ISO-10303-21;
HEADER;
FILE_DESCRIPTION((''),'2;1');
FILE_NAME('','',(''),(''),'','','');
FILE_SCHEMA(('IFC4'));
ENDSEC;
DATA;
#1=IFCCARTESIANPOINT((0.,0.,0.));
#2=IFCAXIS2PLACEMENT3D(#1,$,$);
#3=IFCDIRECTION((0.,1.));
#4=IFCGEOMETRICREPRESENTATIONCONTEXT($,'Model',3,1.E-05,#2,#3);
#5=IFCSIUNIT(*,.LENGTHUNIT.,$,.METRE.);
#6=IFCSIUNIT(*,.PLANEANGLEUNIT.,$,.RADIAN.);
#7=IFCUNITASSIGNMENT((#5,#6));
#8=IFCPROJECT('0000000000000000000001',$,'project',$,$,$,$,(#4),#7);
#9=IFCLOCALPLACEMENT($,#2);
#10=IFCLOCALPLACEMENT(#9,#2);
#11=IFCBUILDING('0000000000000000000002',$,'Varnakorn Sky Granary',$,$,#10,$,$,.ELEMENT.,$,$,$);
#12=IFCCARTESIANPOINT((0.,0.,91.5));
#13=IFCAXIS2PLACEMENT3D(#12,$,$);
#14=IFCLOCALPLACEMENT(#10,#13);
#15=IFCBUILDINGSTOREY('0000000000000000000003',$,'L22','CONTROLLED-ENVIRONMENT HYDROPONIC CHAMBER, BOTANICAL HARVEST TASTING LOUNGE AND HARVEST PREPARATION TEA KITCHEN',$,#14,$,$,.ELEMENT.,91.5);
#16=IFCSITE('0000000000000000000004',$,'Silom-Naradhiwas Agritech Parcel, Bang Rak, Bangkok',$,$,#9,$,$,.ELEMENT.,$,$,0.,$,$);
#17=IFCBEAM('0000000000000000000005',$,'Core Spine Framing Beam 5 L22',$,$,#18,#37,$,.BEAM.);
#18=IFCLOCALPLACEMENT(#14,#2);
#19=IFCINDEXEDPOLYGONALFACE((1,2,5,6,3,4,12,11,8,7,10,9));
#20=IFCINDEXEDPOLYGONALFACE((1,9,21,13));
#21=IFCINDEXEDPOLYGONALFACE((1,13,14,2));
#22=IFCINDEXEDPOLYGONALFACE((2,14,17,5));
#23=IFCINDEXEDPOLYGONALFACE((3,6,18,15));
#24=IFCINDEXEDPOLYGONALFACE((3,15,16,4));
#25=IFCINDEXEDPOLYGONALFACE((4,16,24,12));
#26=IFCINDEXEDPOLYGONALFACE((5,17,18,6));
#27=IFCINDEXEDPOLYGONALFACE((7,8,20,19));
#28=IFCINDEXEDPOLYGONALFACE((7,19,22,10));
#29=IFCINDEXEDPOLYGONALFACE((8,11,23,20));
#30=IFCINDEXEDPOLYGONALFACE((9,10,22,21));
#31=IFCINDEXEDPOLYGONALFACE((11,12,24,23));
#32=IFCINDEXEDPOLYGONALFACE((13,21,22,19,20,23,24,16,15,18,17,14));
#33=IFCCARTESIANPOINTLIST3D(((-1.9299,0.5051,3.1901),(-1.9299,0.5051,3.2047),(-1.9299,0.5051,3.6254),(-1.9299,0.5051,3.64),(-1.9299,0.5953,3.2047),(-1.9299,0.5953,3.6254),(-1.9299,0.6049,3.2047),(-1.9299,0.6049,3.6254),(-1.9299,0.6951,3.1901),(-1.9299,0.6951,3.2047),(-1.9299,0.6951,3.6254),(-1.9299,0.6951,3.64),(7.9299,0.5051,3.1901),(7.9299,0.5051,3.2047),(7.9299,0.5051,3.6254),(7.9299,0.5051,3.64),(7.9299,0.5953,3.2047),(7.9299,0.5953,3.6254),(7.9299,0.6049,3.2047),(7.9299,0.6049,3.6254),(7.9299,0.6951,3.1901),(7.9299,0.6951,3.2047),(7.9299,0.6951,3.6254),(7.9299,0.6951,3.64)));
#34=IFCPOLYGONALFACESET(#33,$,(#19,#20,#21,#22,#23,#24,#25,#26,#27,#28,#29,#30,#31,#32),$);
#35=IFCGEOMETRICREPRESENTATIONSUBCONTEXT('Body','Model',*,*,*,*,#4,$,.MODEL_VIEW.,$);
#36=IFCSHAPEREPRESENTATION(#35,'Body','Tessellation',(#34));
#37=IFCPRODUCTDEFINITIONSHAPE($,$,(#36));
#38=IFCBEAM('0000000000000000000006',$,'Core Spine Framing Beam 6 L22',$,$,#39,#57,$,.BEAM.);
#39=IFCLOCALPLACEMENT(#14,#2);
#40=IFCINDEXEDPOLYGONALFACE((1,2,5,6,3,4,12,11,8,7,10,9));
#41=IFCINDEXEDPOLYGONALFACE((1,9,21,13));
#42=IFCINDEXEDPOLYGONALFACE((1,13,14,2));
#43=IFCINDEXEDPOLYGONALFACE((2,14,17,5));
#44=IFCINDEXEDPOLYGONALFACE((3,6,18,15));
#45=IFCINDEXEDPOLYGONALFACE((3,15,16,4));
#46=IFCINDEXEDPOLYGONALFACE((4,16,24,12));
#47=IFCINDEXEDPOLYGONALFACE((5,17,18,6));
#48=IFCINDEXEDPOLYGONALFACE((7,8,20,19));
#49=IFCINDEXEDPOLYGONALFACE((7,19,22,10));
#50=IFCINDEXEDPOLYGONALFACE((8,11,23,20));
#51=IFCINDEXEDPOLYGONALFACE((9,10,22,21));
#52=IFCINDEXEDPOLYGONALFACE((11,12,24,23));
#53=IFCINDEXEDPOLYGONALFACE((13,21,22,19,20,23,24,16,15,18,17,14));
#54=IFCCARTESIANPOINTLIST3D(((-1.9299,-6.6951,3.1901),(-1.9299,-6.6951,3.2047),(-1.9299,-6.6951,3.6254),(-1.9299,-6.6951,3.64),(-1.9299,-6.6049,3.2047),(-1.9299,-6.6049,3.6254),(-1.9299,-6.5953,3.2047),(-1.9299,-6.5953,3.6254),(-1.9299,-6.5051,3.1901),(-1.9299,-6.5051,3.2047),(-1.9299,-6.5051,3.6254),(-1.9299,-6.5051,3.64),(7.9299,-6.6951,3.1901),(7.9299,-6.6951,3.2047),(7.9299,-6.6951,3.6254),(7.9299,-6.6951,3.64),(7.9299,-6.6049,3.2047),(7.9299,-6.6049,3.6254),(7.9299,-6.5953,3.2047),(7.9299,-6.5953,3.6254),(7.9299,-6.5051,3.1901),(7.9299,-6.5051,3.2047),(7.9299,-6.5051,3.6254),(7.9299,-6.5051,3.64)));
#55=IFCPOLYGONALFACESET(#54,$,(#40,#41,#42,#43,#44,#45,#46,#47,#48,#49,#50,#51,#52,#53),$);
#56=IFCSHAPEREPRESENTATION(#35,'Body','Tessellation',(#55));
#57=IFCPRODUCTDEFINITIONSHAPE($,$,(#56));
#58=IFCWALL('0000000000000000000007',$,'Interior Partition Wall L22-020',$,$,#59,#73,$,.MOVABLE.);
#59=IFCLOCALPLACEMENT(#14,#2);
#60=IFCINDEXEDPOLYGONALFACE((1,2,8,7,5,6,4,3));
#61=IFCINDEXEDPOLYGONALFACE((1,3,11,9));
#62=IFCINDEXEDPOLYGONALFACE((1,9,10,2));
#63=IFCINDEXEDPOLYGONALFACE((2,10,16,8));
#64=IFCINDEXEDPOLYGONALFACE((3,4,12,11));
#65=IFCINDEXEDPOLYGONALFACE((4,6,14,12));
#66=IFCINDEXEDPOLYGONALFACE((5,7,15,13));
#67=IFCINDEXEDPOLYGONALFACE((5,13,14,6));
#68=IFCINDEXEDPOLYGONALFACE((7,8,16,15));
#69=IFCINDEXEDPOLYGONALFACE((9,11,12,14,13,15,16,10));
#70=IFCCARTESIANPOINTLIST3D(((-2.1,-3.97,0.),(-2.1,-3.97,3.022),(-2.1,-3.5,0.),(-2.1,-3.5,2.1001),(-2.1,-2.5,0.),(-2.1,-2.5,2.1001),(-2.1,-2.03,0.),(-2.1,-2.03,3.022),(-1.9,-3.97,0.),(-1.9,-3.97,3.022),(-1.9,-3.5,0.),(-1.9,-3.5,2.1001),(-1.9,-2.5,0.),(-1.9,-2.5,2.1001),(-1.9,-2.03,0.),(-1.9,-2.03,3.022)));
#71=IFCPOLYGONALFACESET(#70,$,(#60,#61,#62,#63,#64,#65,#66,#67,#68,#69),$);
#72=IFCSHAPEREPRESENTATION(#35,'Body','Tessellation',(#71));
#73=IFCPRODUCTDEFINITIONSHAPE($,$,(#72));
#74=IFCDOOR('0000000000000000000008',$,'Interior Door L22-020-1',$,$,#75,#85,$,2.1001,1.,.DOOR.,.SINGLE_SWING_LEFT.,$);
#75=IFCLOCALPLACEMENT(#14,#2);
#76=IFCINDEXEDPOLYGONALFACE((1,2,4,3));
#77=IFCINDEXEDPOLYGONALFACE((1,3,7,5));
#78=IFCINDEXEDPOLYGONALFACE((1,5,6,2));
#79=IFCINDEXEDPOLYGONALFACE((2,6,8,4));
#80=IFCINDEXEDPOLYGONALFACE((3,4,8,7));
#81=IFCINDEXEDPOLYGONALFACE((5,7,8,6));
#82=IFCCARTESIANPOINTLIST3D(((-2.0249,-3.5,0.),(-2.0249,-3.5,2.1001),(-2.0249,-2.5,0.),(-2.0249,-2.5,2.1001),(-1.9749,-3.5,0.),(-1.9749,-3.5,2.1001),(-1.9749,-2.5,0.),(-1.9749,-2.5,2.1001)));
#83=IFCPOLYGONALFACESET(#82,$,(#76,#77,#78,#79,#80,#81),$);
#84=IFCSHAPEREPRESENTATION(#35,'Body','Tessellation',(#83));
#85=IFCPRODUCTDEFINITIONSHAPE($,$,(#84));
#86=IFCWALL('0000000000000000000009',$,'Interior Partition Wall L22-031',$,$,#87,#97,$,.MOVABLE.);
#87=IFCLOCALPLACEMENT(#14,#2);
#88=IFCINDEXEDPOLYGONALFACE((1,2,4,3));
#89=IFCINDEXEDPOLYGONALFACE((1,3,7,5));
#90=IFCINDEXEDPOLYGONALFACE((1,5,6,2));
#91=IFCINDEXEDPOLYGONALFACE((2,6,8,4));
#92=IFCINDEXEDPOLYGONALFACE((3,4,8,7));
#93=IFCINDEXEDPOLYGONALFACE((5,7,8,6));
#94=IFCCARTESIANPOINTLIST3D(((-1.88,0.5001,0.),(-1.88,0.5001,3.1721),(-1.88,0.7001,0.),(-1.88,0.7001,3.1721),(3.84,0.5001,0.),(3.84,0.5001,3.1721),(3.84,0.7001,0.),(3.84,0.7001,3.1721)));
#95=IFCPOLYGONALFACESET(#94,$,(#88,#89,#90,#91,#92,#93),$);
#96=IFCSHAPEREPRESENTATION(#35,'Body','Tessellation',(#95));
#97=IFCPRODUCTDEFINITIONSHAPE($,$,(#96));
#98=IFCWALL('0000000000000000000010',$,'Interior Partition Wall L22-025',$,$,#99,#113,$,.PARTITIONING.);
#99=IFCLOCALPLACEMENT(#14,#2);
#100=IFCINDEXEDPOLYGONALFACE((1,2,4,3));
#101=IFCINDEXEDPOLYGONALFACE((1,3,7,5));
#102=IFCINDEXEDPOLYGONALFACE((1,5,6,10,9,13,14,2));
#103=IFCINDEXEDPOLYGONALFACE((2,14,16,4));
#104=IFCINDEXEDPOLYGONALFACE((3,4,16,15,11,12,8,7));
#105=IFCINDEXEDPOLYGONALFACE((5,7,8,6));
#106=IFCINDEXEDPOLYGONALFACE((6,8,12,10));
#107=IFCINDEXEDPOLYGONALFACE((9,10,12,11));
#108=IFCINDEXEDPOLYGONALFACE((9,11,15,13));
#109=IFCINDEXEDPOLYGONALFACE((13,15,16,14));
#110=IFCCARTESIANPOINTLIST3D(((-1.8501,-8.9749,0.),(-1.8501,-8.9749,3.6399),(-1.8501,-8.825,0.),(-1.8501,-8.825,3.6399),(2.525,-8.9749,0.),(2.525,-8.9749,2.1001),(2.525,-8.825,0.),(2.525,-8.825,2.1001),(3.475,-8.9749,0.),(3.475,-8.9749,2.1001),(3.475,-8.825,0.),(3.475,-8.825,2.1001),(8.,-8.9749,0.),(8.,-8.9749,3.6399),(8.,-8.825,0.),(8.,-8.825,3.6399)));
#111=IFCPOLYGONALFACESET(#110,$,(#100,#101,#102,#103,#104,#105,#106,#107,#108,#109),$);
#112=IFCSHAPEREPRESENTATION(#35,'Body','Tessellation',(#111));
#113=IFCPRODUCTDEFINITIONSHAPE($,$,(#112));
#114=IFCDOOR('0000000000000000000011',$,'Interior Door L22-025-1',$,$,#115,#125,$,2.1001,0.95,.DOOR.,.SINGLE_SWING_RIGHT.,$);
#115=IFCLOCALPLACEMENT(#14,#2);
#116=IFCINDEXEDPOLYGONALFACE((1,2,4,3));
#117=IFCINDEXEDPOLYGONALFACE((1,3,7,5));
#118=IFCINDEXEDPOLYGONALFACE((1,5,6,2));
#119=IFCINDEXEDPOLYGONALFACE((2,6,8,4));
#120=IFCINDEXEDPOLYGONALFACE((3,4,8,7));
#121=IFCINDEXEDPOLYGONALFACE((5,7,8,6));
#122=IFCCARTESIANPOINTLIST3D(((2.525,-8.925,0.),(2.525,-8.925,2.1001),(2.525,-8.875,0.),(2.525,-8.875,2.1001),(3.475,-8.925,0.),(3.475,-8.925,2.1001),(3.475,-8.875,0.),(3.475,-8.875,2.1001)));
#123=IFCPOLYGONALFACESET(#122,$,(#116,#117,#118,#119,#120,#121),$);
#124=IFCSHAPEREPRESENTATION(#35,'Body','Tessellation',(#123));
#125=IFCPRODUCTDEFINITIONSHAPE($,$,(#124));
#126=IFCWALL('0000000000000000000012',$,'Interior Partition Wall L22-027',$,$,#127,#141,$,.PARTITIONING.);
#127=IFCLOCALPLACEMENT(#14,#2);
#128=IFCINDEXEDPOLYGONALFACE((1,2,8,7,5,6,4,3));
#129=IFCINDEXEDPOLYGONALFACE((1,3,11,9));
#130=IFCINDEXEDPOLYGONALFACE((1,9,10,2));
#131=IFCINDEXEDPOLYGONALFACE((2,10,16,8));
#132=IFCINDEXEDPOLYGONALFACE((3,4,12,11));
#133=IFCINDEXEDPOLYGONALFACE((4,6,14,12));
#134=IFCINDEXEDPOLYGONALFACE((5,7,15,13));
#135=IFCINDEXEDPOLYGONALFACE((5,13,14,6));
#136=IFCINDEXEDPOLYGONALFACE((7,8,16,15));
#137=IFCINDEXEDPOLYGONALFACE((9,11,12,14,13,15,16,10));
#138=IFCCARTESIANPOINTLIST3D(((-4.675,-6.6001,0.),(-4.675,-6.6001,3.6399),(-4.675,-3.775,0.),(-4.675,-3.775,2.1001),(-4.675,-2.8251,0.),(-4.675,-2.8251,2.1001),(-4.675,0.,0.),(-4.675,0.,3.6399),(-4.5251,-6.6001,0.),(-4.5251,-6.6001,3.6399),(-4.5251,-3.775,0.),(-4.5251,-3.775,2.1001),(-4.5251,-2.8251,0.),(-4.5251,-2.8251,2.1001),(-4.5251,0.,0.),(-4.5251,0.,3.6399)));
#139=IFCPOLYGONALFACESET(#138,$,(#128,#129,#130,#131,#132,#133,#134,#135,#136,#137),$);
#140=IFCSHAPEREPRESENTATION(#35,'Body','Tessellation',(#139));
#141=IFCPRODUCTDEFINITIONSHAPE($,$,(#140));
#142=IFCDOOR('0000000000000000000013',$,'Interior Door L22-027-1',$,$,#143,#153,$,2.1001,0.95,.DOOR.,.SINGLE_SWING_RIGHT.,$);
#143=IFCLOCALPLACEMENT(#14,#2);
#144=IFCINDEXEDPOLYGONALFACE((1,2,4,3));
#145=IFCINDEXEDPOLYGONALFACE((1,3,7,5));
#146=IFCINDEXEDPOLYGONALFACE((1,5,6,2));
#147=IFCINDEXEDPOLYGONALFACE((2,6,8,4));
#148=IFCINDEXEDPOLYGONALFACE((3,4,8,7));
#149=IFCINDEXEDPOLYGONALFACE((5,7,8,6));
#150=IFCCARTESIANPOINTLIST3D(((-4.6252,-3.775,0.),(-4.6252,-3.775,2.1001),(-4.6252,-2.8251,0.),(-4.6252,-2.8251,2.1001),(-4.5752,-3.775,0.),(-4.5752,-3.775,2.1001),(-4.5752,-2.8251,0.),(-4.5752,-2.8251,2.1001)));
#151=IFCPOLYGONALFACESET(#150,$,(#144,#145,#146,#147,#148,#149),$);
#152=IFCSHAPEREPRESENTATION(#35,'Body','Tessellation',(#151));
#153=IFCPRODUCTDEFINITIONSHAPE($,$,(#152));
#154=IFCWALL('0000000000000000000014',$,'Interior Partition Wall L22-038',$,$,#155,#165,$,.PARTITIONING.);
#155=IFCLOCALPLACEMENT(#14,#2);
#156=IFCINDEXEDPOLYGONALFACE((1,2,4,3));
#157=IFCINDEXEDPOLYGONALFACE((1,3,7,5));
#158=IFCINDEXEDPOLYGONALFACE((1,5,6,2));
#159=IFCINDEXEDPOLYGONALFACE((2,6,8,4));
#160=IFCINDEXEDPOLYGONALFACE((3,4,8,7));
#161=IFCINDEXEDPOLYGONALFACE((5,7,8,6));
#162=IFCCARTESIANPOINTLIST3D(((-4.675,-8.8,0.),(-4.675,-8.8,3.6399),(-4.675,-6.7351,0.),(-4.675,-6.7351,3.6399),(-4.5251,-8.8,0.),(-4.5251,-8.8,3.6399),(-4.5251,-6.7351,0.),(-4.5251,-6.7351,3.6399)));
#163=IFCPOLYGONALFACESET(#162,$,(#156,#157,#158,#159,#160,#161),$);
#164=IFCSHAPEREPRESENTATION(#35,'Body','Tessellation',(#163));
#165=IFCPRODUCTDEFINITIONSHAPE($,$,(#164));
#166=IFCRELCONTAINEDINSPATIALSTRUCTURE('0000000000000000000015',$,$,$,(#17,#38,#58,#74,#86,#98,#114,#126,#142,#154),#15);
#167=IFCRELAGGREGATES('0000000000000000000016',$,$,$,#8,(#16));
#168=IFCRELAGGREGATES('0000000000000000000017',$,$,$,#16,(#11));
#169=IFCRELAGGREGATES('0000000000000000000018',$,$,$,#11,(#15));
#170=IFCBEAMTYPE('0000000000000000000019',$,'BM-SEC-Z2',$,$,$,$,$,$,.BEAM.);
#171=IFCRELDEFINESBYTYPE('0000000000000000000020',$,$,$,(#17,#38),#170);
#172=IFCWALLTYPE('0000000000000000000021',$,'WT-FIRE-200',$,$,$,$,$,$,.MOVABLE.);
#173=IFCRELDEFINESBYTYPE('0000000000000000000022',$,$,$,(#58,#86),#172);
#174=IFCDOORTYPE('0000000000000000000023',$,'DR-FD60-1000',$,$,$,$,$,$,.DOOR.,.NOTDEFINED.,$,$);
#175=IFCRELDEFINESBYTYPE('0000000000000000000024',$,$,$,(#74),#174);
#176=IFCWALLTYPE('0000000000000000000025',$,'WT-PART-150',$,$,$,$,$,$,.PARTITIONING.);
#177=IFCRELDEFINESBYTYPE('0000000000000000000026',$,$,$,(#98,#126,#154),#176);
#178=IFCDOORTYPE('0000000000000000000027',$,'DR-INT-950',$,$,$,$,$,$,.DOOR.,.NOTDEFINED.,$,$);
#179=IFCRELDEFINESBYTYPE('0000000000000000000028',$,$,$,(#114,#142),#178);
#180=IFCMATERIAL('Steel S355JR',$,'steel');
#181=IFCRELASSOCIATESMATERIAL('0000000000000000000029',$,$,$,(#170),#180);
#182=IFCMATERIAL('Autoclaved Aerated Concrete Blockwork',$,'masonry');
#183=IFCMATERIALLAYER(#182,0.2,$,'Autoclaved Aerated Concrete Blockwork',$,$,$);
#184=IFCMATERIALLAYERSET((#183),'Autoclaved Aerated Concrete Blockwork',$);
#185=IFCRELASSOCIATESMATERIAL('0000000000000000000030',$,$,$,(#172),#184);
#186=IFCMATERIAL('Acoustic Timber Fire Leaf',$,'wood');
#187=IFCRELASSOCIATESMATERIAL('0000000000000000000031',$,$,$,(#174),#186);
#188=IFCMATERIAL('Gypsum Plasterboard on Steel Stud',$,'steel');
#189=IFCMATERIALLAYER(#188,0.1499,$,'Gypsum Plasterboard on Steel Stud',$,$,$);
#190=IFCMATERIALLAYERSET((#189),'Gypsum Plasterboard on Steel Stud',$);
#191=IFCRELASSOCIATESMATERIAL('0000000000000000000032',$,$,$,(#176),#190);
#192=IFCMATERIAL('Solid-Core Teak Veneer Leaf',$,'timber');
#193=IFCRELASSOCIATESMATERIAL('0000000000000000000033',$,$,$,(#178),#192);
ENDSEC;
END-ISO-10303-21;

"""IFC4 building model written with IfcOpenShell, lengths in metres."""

from ifc_helpers import new_model, si_unit, direction, frame, frame_2d, origin, origin_2d, place, context, subcontext, project, spatial, rectangle, i_section, extrude, material, layer, layer_set, material_profile, profile_set, type_object, element, fill, save


model = new_model("IFC4")

# Units and contexts
model_context = context("Model", 3, precision=1e-05, world=origin(), true_north=direction((0.0, 1.0)))
body_context = subcontext(model_context, "Body", "Model", "MODEL_VIEW")
ifc_project = project(units=[si_unit("LENGTHUNIT", "METRE"), si_unit("PLANEANGLEUNIT", "RADIAN")], contexts=[model_context])

# Site, building, storey
site_placement = place(None, origin())
site = spatial("IfcSite", under=ifc_project, at=site_placement, Name="Silom-Naradhiwas Agritech Parcel, Bang Rak, Bangkok", CompositionType="ELEMENT", RefElevation=0.0)
building_placement = place(site_placement, origin())
building = spatial("IfcBuilding", under=site, at=building_placement, Name="Varnakorn Sky Granary", CompositionType="ELEMENT")
storey_placement = place(building_placement, frame((0.0, 0.0, 91.5)))
storey = spatial("IfcBuildingStorey", under=building, at=storey_placement, Name="L22", Description="CONTROLLED-ENVIRONMENT HYDROPONIC CHAMBER, BOTANICAL HARVEST TASTING LOUNGE AND HARVEST PREPARATION TEA KITCHEN", CompositionType="ELEMENT", Elevation=91.5)

# Beams
ifc_material_1 = material(Name="Steel S355JR", Category="steel")
ifc_material_profile_1 = material_profile(ifc_material_1, i_section(OverallWidth=0.1899, OverallDepth=0.45, WebThickness=0.0095, FlangeThickness=0.0146, at=origin_2d()), Name="IPE 450")
ifc_profile_set_1 = profile_set([ifc_material_profile_1], Name="Steel S355JR")
beam_type_1 = type_object("IfcBeamType", Name="BM-SEC-Z2", PredefinedType="BEAM", material=ifc_profile_set_1)
for number, where, z_axis, x_axis, name in (
    (1, (-1.9299, 0.6001, 3.415), (1.0, 0.0, 0.0), (0.0, 1.0, 0.0), "Core Spine Framing Beam 5 L22"),
    (2, (-1.9299, -6.6001, 3.415), (1.0, 0.0, 0.0), (0.0, 1.0, 0.0), "Core Spine Framing Beam 6 L22"),
):
    element("IfcBeam", number, at=place(storey_placement, frame(where, z_axis=z_axis, x_axis=x_axis)), inside=storey, type_object=beam_type_1, Name=name, PredefinedType="BEAM", context=body_context, shape_type="SweptSolid", body=[
        extrude(i_section(OverallWidth=0.1899, OverallDepth=0.45, WebThickness=0.0095, FlangeThickness=0.0146, at=origin_2d()), origin(), (0.0, 0.0, 1.0), 9.8599),
    ])

# Wall, opening, door
ifc_material_2 = material(Name="Autoclaved Aerated Concrete Blockwork", Category="masonry")
ifc_layer_1 = layer(ifc_material_2, 0.2, Name="Autoclaved Aerated Concrete Blockwork")
ifc_layer_set_1 = layer_set([ifc_layer_1], Name="Autoclaved Aerated Concrete Blockwork")
wall_type_1 = type_object("IfcWallType", Name="WT-FIRE-200", PredefinedType="MOVABLE", material=ifc_layer_set_1)
wall_1_placement = place(storey_placement, frame((-2.0, -3.97, 0.0), z_axis=(0.0, 0.0, 1.0), x_axis=(0.0, 1.0, 0.0)))
wall_1 = element("IfcWall", 3, at=wall_1_placement, inside=storey, type_object=wall_type_1, Name="Interior Partition Wall L22-020", PredefinedType="MOVABLE", context=body_context, shape_type="SweptSolid", body=[
    extrude(rectangle(XDim=1.9399, YDim=0.2, at=frame_2d((0.97, 0.0))), origin(), (0.0, 0.0, 1.0), 3.022),
])
opening_1_placement = place(wall_1_placement, frame((0.47, 0.0, 0.0)))
opening_1 = element("IfcOpeningElement", 4, at=opening_1_placement, cuts=wall_1, PredefinedType="OPENING", context=body_context, shape_type="SweptSolid", body=[
    extrude(rectangle(XDim=1.0, YDim=2.1001, at=frame_2d((0.5, 1.05))), frame((0.0, 0.1099, 0.0), z_axis=(0.0, -1.0, 0.0), x_axis=(1.0, 0.0, 0.0)), (0.0, 0.0, 1.0), 0.22),
])
ifc_material_3 = material(Name="Acoustic Timber Fire Leaf", Category="wood")
door_type_1 = type_object("IfcDoorType", Name="DR-FD60-1000", OperationType="NOTDEFINED", PredefinedType="DOOR", material=ifc_material_3)
door_1_placement = place(opening_1_placement, origin())
door_1 = element("IfcDoor", 5, at=door_1_placement, inside=storey, type_object=door_type_1, Name="Interior Door L22-020-1", OperationType="SINGLE_SWING_LEFT", OverallHeight=2.1001, OverallWidth=1.0, PredefinedType="DOOR", context=body_context, shape_type="SweptSolid", body=[
    extrude(rectangle(XDim=1.0, YDim=2.1001, at=frame_2d((0.5, 1.05))), frame((0.0, 0.0249, 0.0), z_axis=(0.0, -1.0, 0.0), x_axis=(1.0, 0.0, 0.0)), (0.0, 0.0, 1.0), 0.05),
])
fill(opening_1, door_1)

# Wall
wall_2_placement = place(storey_placement, frame((-1.8799, 0.6001, 0.0), z_axis=(0.0, 0.0, 1.0), x_axis=(1.0, 0.0, 0.0)))
element("IfcWall", 6, at=wall_2_placement, inside=storey, type_object=wall_type_1, Name="Interior Partition Wall L22-031", PredefinedType="MOVABLE", context=body_context, shape_type="SweptSolid", body=[
    extrude(rectangle(XDim=5.72, YDim=0.2, at=frame_2d((2.8599, 0.0))), origin(), (0.0, 0.0, 1.0), 3.1721),
])

# Walls, openings, doors
ifc_material_4 = material(Name="Gypsum Plasterboard on Steel Stud", Category="steel")
ifc_layer_2 = layer(ifc_material_4, 0.1499, Name="Gypsum Plasterboard on Steel Stud")
ifc_layer_set_2 = layer_set([ifc_layer_2], Name="Gypsum Plasterboard on Steel Stud")
wall_type_2 = type_object("IfcWallType", Name="WT-PART-150", PredefinedType="PARTITIONING", material=ifc_layer_set_2)
wall_3_placement = place(storey_placement, frame((-1.8501, -8.8999, 0.0), z_axis=(0.0, 0.0, 1.0), x_axis=(1.0, 0.0, 0.0)))
wall_3 = element("IfcWall", 7, at=wall_3_placement, inside=storey, type_object=wall_type_2, Name="Interior Partition Wall L22-025", PredefinedType="PARTITIONING", context=body_context, shape_type="SweptSolid", body=[
    extrude(rectangle(XDim=9.8501, YDim=0.1499, at=frame_2d((4.925, 0.0))), origin(), (0.0, 0.0, 1.0), 3.6399),
])
opening_2_placement = place(wall_3_placement, frame((4.375, 0.0, 0.0)))
opening_2 = element("IfcOpeningElement", 8, at=opening_2_placement, cuts=wall_3, PredefinedType="OPENING", context=body_context, shape_type="SweptSolid", body=[
    extrude(rectangle(XDim=0.95, YDim=2.1001, at=frame_2d((0.4751, 1.05))), frame((0.0, 0.085, 0.0), z_axis=(0.0, -1.0, 0.0), x_axis=(1.0, 0.0, 0.0)), (0.0, 0.0, 1.0), 0.1699),
])
ifc_material_5 = material(Name="Solid-Core Teak Veneer Leaf", Category="timber")
door_type_2 = type_object("IfcDoorType", Name="DR-INT-950", OperationType="NOTDEFINED", PredefinedType="DOOR", material=ifc_material_5)
door_2_placement = place(opening_2_placement, origin())
door_2 = element("IfcDoor", 9, at=door_2_placement, inside=storey, type_object=door_type_2, Name="Interior Door L22-025-1", OperationType="SINGLE_SWING_RIGHT", OverallHeight=2.1001, OverallWidth=0.95, PredefinedType="DOOR", context=body_context, shape_type="SweptSolid", body=[
    extrude(rectangle(XDim=0.95, YDim=2.1001, at=frame_2d((0.4751, 1.05))), frame((0.0, 0.0249, 0.0), z_axis=(0.0, -1.0, 0.0), x_axis=(1.0, 0.0, 0.0)), (0.0, 0.0, 1.0), 0.05),
])
fill(opening_2, door_2)
wall_4_placement = place(storey_placement, frame((-4.6001, 0.0, 0.0), z_axis=(0.0, 0.0, 1.0), x_axis=(0.0, -1.0, 0.0)))
wall_4 = element("IfcWall", 10, at=wall_4_placement, inside=storey, type_object=wall_type_2, Name="Interior Partition Wall L22-027", PredefinedType="PARTITIONING", context=body_context, shape_type="SweptSolid", body=[
    extrude(rectangle(XDim=6.6001, YDim=0.1499, at=frame_2d((3.3, 0.0))), origin(), (0.0, 0.0, 1.0), 3.6399),
])
opening_3_placement = place(wall_4_placement, frame((2.825, 0.0, 0.0)))
opening_3 = element("IfcOpeningElement", 11, at=opening_3_placement, cuts=wall_4, PredefinedType="OPENING", context=body_context, shape_type="SweptSolid", body=[
    extrude(rectangle(XDim=0.95, YDim=2.1001, at=frame_2d((0.4751, 1.05))), frame((0.0, 0.085, 0.0), z_axis=(0.0, -1.0, 0.0), x_axis=(1.0, 0.0, 0.0)), (0.0, 0.0, 1.0), 0.1699),
])
door_3_placement = place(opening_3_placement, origin())
door_3 = element("IfcDoor", 12, at=door_3_placement, inside=storey, type_object=door_type_2, Name="Interior Door L22-027-1", OperationType="SINGLE_SWING_RIGHT", OverallHeight=2.1001, OverallWidth=0.95, PredefinedType="DOOR", context=body_context, shape_type="SweptSolid", body=[
    extrude(rectangle(XDim=0.95, YDim=2.1001, at=frame_2d((0.4751, 1.05))), frame((0.0, 0.0249, 0.0), z_axis=(0.0, -1.0, 0.0), x_axis=(1.0, 0.0, 0.0)), (0.0, 0.0, 1.0), 0.05),
])
fill(opening_3, door_3)

# Wall
wall_5_placement = place(storey_placement, frame((-4.6001, -6.7351, 0.0), z_axis=(0.0, 0.0, 1.0), x_axis=(0.0, -1.0, 0.0)))
element("IfcWall", 13, at=wall_5_placement, inside=storey, type_object=wall_type_2, Name="Interior Partition Wall L22-038", PredefinedType="PARTITIONING", context=body_context, shape_type="SweptSolid", body=[
    extrude(rectangle(XDim=2.0649, YDim=0.1499, at=frame_2d((1.0325, 0.0))), origin(), (0.0, 0.0, 1.0), 3.6399),
])

save(model, "model.ifc")
